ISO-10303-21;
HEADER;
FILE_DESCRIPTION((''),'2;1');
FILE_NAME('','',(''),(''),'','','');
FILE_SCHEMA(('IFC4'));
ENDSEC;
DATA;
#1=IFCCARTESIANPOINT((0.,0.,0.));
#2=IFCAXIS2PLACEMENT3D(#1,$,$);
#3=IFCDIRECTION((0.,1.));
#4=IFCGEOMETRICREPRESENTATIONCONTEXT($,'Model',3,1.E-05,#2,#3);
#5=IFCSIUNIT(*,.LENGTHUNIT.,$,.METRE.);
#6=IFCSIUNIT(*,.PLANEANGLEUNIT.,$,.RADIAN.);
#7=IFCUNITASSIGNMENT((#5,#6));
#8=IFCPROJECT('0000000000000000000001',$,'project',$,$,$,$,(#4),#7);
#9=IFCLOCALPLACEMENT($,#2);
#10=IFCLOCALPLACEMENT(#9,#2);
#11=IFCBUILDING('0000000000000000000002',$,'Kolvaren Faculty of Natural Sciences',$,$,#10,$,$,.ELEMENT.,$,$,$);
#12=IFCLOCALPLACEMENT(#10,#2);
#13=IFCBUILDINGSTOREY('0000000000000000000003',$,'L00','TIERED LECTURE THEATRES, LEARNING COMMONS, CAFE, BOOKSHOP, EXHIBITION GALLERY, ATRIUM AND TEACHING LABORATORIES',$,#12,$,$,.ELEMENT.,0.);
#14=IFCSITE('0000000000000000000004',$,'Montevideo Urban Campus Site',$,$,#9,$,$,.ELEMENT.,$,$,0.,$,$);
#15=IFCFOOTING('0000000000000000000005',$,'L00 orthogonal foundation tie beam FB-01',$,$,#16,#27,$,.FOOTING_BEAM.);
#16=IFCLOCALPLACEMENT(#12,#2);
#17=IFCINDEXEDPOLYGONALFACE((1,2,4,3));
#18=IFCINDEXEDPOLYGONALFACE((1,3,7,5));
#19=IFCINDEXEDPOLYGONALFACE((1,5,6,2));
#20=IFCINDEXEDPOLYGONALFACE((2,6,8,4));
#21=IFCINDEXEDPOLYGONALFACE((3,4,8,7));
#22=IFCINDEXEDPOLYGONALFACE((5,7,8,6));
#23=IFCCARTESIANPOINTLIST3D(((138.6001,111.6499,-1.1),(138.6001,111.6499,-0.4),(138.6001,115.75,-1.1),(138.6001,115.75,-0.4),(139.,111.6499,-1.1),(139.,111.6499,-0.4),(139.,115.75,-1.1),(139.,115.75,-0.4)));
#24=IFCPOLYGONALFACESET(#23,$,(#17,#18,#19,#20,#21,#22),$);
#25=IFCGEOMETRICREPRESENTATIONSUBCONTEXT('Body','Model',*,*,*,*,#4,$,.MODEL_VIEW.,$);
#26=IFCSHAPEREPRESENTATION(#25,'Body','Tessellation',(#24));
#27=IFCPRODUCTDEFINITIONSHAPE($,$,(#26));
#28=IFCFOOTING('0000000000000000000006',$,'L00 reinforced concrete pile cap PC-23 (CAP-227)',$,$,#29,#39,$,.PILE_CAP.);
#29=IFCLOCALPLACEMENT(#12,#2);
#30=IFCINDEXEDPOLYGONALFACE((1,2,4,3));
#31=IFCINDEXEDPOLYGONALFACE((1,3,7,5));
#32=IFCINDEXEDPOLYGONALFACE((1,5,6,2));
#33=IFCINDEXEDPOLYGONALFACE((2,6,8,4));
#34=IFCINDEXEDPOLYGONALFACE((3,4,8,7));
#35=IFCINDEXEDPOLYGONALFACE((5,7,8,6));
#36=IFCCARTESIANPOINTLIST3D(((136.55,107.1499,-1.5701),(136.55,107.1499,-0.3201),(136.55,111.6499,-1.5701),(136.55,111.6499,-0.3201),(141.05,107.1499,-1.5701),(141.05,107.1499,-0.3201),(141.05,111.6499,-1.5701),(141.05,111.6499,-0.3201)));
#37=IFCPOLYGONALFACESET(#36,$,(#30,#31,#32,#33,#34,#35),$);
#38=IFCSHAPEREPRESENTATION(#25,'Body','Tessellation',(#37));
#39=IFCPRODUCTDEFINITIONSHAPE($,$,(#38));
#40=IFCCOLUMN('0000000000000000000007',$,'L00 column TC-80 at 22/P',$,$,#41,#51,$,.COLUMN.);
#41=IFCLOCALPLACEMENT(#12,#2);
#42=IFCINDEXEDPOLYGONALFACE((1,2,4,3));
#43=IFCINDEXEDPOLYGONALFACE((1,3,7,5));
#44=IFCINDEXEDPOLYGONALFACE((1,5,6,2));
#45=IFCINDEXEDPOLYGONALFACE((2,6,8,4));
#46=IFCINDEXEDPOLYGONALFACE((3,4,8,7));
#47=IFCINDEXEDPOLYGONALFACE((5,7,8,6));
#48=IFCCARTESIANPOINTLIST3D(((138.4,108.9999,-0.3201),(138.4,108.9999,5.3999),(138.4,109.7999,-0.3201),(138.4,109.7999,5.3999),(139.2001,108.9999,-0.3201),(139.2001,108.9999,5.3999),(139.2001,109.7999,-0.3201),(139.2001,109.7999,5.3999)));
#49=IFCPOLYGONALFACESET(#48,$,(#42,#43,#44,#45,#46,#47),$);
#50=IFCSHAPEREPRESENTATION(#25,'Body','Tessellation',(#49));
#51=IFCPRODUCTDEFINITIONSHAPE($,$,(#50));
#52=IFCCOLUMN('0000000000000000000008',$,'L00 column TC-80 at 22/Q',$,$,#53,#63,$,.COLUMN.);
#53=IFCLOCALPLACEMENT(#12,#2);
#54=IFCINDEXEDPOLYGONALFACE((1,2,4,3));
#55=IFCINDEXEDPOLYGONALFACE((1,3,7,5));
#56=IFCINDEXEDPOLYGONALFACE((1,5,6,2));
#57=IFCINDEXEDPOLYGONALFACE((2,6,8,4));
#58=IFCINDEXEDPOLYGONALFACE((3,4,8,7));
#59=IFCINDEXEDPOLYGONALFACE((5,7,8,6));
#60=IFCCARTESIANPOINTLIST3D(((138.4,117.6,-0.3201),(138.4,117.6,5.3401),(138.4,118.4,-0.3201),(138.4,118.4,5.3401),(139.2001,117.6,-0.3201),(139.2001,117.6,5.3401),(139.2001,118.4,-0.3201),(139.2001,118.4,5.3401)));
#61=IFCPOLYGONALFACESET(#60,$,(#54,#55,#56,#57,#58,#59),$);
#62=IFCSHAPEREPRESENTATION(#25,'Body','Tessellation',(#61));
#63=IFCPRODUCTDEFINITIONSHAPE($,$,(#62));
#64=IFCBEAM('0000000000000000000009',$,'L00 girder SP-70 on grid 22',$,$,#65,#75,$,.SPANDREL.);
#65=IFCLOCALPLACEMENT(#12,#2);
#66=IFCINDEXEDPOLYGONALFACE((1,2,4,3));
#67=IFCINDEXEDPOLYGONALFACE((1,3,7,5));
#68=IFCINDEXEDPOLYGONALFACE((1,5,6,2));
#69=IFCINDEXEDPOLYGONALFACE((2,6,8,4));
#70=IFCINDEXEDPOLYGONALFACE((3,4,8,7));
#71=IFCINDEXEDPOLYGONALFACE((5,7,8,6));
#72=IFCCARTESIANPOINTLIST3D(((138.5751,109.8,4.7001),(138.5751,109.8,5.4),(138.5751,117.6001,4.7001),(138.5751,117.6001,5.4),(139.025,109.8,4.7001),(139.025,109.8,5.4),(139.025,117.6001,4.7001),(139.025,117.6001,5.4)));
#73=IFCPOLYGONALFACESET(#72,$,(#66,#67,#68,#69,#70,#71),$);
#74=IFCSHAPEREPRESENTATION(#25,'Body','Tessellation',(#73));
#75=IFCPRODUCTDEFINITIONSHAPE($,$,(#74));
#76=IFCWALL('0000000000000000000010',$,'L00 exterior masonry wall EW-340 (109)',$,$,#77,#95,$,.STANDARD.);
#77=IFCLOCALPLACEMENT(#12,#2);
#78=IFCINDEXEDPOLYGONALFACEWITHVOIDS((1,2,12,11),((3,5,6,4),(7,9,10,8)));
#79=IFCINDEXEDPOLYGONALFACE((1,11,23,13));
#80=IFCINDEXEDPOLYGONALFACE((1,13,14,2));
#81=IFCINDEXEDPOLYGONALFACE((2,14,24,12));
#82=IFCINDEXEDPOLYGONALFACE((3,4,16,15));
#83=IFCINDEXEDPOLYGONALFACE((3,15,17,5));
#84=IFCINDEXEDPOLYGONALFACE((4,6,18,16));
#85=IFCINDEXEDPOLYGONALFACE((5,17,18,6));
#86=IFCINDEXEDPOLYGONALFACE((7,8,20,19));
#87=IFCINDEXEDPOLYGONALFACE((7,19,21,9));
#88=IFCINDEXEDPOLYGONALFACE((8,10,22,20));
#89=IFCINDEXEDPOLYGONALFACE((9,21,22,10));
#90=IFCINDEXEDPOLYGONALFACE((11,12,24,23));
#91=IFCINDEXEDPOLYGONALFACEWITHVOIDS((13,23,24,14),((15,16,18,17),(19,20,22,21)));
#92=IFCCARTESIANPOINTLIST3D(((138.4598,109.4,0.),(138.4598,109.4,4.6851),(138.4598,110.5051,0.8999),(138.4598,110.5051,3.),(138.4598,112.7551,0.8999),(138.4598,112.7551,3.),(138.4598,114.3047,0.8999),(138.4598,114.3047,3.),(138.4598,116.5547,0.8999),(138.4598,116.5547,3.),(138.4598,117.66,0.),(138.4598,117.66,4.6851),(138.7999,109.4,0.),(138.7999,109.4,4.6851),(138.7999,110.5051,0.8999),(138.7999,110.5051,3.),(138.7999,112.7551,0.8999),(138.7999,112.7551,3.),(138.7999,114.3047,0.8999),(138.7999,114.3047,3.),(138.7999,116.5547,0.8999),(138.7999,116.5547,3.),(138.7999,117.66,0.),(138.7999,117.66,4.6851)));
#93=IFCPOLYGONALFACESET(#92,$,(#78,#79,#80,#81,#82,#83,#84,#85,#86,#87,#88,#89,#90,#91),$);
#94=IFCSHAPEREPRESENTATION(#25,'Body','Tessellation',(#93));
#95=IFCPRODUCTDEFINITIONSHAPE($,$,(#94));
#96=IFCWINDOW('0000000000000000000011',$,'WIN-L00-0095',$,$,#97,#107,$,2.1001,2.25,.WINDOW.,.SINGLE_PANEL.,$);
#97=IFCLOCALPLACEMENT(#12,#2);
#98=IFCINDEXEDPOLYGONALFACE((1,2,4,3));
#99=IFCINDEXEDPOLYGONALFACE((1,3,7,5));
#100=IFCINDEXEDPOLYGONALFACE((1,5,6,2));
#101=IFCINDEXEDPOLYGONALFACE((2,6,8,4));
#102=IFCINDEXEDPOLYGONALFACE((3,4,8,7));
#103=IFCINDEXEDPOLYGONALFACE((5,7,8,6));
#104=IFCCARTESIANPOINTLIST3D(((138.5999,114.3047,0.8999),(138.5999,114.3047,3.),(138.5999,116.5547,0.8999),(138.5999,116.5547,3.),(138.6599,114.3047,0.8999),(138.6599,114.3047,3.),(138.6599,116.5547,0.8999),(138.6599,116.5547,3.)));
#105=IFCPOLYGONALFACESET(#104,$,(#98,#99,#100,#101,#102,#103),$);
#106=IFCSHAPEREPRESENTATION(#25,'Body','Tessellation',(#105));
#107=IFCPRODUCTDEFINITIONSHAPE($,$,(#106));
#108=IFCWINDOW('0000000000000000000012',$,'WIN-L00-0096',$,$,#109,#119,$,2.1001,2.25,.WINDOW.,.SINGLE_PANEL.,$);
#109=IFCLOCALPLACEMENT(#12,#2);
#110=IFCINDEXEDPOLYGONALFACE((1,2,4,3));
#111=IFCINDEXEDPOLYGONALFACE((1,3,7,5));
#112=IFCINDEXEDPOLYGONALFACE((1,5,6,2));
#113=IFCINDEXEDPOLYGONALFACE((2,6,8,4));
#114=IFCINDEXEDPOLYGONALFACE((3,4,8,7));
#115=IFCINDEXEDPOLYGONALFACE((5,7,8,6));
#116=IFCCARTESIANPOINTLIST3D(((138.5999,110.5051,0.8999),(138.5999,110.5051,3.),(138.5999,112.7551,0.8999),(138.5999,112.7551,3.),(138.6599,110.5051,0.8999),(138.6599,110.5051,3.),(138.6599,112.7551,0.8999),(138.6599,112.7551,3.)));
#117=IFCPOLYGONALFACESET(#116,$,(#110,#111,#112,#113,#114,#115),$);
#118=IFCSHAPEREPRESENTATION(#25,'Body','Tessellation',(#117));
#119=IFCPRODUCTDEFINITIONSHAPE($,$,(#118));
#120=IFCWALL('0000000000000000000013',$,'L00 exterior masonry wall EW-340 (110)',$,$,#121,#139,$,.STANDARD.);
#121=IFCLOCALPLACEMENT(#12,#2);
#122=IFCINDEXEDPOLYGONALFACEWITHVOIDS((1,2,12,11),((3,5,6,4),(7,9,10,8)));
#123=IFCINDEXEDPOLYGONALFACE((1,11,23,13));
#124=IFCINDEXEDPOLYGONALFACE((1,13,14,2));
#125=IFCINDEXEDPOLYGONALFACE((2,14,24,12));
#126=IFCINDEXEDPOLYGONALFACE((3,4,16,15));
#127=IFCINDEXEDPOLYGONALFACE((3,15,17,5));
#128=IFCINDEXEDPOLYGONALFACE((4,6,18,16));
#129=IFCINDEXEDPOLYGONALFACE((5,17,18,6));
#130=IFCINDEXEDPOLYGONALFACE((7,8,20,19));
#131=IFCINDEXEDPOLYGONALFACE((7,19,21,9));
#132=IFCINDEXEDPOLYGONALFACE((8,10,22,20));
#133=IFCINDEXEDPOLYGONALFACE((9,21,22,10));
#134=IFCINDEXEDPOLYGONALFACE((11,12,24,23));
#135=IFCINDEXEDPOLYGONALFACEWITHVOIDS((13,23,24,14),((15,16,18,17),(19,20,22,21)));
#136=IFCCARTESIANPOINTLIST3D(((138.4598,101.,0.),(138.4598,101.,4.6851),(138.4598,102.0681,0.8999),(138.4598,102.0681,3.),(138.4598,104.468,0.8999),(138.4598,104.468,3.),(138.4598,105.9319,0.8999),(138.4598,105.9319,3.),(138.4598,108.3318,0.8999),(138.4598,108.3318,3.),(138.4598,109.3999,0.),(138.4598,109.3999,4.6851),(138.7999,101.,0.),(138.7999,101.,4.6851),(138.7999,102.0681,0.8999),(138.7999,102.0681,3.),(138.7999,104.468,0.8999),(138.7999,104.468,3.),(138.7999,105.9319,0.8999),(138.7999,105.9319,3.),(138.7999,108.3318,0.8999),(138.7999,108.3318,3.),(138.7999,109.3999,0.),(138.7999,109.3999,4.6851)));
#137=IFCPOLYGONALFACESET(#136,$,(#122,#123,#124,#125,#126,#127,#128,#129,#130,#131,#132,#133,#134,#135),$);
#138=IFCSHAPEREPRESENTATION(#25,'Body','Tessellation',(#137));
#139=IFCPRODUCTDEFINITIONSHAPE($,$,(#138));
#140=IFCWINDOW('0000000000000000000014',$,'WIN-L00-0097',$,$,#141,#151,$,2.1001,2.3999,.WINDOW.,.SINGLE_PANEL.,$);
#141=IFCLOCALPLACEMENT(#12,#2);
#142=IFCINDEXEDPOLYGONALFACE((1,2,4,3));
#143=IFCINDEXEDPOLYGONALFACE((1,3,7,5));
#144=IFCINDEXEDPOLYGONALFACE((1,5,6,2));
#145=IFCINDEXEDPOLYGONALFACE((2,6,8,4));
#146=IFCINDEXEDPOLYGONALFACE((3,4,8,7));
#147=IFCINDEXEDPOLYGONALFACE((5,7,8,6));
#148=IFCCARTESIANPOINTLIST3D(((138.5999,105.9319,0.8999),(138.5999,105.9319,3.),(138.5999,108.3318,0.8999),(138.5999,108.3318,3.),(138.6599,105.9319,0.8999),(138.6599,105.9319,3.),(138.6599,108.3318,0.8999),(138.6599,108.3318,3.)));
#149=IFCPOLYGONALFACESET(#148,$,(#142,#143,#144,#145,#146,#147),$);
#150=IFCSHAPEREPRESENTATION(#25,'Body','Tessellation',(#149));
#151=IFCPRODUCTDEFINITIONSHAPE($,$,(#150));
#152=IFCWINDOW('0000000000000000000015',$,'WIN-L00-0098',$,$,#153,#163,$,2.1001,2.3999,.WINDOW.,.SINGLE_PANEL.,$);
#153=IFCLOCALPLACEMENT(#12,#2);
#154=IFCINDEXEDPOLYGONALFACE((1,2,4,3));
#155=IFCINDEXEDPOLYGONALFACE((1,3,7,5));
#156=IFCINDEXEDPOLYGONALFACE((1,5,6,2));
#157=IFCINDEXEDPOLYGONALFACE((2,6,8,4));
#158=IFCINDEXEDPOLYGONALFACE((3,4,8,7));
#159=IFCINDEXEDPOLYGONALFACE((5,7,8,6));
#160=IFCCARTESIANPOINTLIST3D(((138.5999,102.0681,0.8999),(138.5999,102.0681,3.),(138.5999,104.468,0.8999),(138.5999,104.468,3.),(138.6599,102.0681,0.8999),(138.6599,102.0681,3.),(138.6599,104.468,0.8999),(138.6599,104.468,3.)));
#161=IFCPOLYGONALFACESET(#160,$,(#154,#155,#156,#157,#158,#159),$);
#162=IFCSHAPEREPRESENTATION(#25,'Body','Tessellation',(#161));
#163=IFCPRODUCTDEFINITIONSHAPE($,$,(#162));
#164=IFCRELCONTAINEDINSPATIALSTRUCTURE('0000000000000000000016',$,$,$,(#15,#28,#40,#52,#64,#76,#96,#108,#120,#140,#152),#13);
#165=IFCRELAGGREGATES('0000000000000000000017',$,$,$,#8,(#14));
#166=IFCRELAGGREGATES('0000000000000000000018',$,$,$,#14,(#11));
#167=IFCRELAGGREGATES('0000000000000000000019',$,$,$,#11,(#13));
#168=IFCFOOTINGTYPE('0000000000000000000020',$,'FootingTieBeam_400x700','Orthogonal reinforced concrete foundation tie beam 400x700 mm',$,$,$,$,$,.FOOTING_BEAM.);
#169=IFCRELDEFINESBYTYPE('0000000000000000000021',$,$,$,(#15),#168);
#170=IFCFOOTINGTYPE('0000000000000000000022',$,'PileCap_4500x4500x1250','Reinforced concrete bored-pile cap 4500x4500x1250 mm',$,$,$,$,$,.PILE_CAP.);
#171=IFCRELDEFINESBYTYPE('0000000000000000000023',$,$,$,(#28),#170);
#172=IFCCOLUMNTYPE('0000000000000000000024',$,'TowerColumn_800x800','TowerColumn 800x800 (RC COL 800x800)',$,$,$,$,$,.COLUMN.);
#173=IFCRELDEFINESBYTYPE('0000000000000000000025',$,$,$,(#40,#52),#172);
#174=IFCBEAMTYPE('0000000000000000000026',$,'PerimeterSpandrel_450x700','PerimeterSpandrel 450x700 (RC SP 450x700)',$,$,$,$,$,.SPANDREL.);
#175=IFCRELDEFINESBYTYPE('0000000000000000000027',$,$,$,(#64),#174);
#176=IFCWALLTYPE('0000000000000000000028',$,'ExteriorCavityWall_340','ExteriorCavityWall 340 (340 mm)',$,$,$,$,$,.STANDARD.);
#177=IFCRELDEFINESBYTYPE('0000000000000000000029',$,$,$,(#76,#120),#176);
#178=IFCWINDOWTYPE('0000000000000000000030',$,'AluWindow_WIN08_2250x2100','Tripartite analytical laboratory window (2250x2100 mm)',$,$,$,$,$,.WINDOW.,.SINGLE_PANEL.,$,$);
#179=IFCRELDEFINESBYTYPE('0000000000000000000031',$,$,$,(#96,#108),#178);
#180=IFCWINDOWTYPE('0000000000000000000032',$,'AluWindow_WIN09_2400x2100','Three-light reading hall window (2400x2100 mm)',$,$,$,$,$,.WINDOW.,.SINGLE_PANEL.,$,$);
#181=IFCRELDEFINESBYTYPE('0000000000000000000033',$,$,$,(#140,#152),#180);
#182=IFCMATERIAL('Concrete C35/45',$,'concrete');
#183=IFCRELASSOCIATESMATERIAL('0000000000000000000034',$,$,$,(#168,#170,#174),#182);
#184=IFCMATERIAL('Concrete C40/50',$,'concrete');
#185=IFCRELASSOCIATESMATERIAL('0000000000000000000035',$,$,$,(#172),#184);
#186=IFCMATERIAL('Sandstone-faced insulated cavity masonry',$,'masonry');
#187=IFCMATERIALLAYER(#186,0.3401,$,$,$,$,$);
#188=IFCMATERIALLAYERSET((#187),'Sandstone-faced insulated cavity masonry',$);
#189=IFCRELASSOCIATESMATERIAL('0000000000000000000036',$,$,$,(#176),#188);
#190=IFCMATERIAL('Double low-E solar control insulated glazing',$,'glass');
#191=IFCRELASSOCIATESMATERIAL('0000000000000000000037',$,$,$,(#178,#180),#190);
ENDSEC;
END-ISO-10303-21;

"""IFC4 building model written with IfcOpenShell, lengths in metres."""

from ifc_helpers import new_model, si_unit, direction, frame, frame_2d, origin, origin_2d, place, context, subcontext, project, spatial, rectangle, extrude, material, layer, layer_set, material_profile, profile_set, type_object, element, fill, save


model = new_model("IFC4")

# Units and contexts
model_context = context("Model", 3, precision=1e-05, world=origin(), true_north=direction((0.0, 1.0)))
body_context = subcontext(model_context, "Body", "Model", "MODEL_VIEW")
ifc_project = project(units=[si_unit("LENGTHUNIT", "METRE"), si_unit("PLANEANGLEUNIT", "RADIAN")], contexts=[model_context])

# Site, building, storey
site_placement = place(None, origin())
site = spatial("IfcSite", under=ifc_project, at=site_placement, Name="Montevideo Urban Campus Site", CompositionType="ELEMENT", RefElevation=0.0)
building_placement = place(site_placement, origin())
building = spatial("IfcBuilding", under=site, at=building_placement, Name="Kolvaren Faculty of Natural Sciences", CompositionType="ELEMENT")
storey_placement = place(building_placement, origin())
storey = spatial("IfcBuildingStorey", under=building, at=storey_placement, Name="L00", Description="TIERED LECTURE THEATRES, LEARNING COMMONS, CAFE, BOOKSHOP, EXHIBITION GALLERY, ATRIUM AND TEACHING LABORATORIES", CompositionType="ELEMENT", Elevation=0.0)

# Shared definitions
ifc_material_1 = material(Name="Concrete C35/45", Category="concrete")

# Footings
ifc_material_profile_1 = material_profile(ifc_material_1, rectangle(XDim=0.3999, YDim=0.7, at=origin_2d()), Name="RC FB 400x700")
ifc_profile_set_1 = profile_set([ifc_material_profile_1], Name="Concrete C35/45")
footing_type_1 = type_object("IfcFootingType", Name="FootingTieBeam_400x700", Description="Orthogonal reinforced concrete foundation tie beam 400x700 mm", PredefinedType="FOOTING_BEAM", material=ifc_profile_set_1)
footing_1_placement = place(storey_placement, frame((138.8, 111.6499, -0.75), z_axis=(0.0, 1.0, 0.0), x_axis=(-1.0, 0.0, 0.0)))
element("IfcFooting", 1, at=footing_1_placement, inside=storey, type_object=footing_type_1, Name="L00 orthogonal foundation tie beam FB-01", PredefinedType="FOOTING_BEAM", context=body_context, shape_type="SweptSolid", body=[
    extrude(rectangle(XDim=0.3999, YDim=0.7, at=origin_2d()), origin(), (0.0, 0.0, 1.0), 4.1001),
])
footing_type_2 = type_object("IfcFootingType", Name="PileCap_4500x4500x1250", Description="Reinforced concrete bored-pile cap 4500x4500x1250 mm", PredefinedType="PILE_CAP", material=ifc_material_1)
footing_2_placement = place(storey_placement, frame((138.8, 109.3999, -1.5701), z_axis=(0.0, 0.0, 1.0), x_axis=(1.0, 0.0, 0.0)))
element("IfcFooting", 2, at=footing_2_placement, inside=storey, type_object=footing_type_2, Name="L00 reinforced concrete pile cap PC-23 (CAP-227)", PredefinedType="PILE_CAP", context=body_context, shape_type="SweptSolid", body=[
    extrude(rectangle(XDim=4.5, YDim=4.5, at=origin_2d()), origin(), (0.0, 0.0, 1.0), 1.25),
])

# Columns
ifc_material_2 = material(Name="Concrete C40/50", Category="concrete")
ifc_material_profile_2 = material_profile(ifc_material_2, rectangle(XDim=0.8, YDim=0.8, at=origin_2d()), Name="RC COL 800x800")
ifc_profile_set_2 = profile_set([ifc_material_profile_2], Name="Concrete C40/50")
column_type = type_object("IfcColumnType", Name="TowerColumn_800x800", Description="TowerColumn 800x800 (RC COL 800x800)", PredefinedType="COLUMN", material=ifc_profile_set_2)
column_1_placement = place(storey_placement, frame((138.8, 109.3999, -0.3201), z_axis=(0.0, 0.0, 1.0), x_axis=(1.0, 0.0, 0.0)))
element("IfcColumn", 3, at=column_1_placement, inside=storey, type_object=column_type, Name="L00 column TC-80 at 22/P", PredefinedType="COLUMN", context=body_context, shape_type="SweptSolid", body=[
    extrude(rectangle(XDim=0.8, YDim=0.8, at=origin_2d()), origin(), (0.0, 0.0, 1.0), 5.72),
])
column_2_placement = place(storey_placement, frame((138.8, 118.0, -0.3201), z_axis=(0.0, 0.0, 1.0), x_axis=(1.0, 0.0, 0.0)))
element("IfcColumn", 4, at=column_2_placement, inside=storey, type_object=column_type, Name="L00 column TC-80 at 22/Q", PredefinedType="COLUMN", context=body_context, shape_type="SweptSolid", body=[
    extrude(rectangle(XDim=0.8, YDim=0.8, at=origin_2d()), origin(), (0.0, 0.0, 1.0), 5.6602),
])

# Beam
ifc_material_profile_3 = material_profile(ifc_material_1, rectangle(XDim=0.45, YDim=0.7, at=origin_2d()), Name="RC SP 450x700")
ifc_profile_set_3 = profile_set([ifc_material_profile_3], Name="Concrete C35/45")
beam_type = type_object("IfcBeamType", Name="PerimeterSpandrel_450x700", Description="PerimeterSpandrel 450x700 (RC SP 450x700)", PredefinedType="SPANDREL", material=ifc_profile_set_3)
beam_placement = place(storey_placement, frame((138.8, 109.8, 5.05), z_axis=(0.0, 1.0, 0.0), x_axis=(-1.0, 0.0, 0.0)))
element("IfcBeam", 5, at=beam_placement, inside=storey, type_object=beam_type, Name="L00 girder SP-70 on grid 22", PredefinedType="SPANDREL", context=body_context, shape_type="SweptSolid", body=[
    extrude(rectangle(XDim=0.45, YDim=0.7, at=origin_2d()), origin(), (0.0, 0.0, 1.0), 7.8),
])

# Walls, openings, windows
ifc_material_3 = material(Name="Sandstone-faced insulated cavity masonry", Category="masonry")
ifc_layer = layer(ifc_material_3, 0.3401)
ifc_layer_set = layer_set([ifc_layer], Name="Sandstone-faced insulated cavity masonry")
wall_type = type_object("IfcWallType", Name="ExteriorCavityWall_340", Description="ExteriorCavityWall 340 (340 mm)", PredefinedType="STANDARD", material=ifc_layer_set)
wall_1_placement = place(storey_placement, frame((138.6299, 117.6599, 0.0), z_axis=(0.0, 0.0, 1.0), x_axis=(0.0, -1.0, 0.0)))
wall_1 = element("IfcWall", 6, at=wall_1_placement, inside=storey, type_object=wall_type, Name="L00 exterior masonry wall EW-340 (109)", PredefinedType="STANDARD", context=body_context, shape_type="SweptSolid", body=[
    extrude(rectangle(XDim=8.26, YDim=0.3401, at=frame_2d((4.1299, 0.0))), origin(), (0.0, 0.0, 1.0), 4.6851),
])
opening_1_placement = place(wall_1_placement, frame((1.1052, 0.0, 0.8999)))
opening_1 = element("IfcOpeningElement", 7, at=opening_1_placement, cuts=wall_1, PredefinedType="OPENING", context=body_context, shape_type="SweptSolid", body=[
    extrude(rectangle(XDim=2.25, YDim=2.1001, at=frame_2d((1.125, 1.05))), frame((0.0, 0.1799, 0.0), z_axis=(0.0, -1.0, 0.0), x_axis=(1.0, 0.0, 0.0)), (0.0, 0.0, 1.0), 0.3601),
])
opening_2_placement = place(wall_1_placement, frame((4.9048, 0.0, 0.8999)))
opening_2 = element("IfcOpeningElement", 8, at=opening_2_placement, cuts=wall_1, PredefinedType="OPENING", context=body_context, shape_type="SweptSolid", body=[
    extrude(rectangle(XDim=2.25, YDim=2.1001, at=frame_2d((1.125, 1.05))), frame((0.0, 0.1799, 0.0), z_axis=(0.0, -1.0, 0.0), x_axis=(1.0, 0.0, 0.0)), (0.0, 0.0, 1.0), 0.3601),
])
ifc_material_4 = material(Name="Double low-E solar control insulated glazing", Category="glass")
window_type_1 = type_object("IfcWindowType", Name="AluWindow_WIN08_2250x2100", Description="Tripartite analytical laboratory window (2250x2100 mm)", PartitioningType="SINGLE_PANEL", PredefinedType="WINDOW", material=ifc_material_4)
window_1_placement = place(opening_1_placement, origin())
window_1 = element("IfcWindow", 9, at=window_1_placement, inside=storey, type_object=window_type_1, Name="WIN-L00-0095", OverallHeight=2.1001, OverallWidth=2.25, PartitioningType="SINGLE_PANEL", PredefinedType="WINDOW", context=body_context, shape_type="SweptSolid", body=[
    extrude(rectangle(XDim=2.25, YDim=2.1001, at=frame_2d((1.125, 1.05))), frame((0.0, 0.03, 0.0), z_axis=(0.0, -1.0, 0.0), x_axis=(1.0, 0.0, 0.0)), (0.0, 0.0, 1.0), 0.0601),
])
fill(opening_1, window_1)
window_2_placement = place(opening_2_placement, origin())
window_2 = element("IfcWindow", 10, at=window_2_placement, inside=storey, type_object=window_type_1, Name="WIN-L00-0096", OverallHeight=2.1001, OverallWidth=2.25, PartitioningType="SINGLE_PANEL", PredefinedType="WINDOW", context=body_context, shape_type="SweptSolid", body=[
    extrude(rectangle(XDim=2.25, YDim=2.1001, at=frame_2d((1.125, 1.05))), frame((0.0, 0.03, 0.0), z_axis=(0.0, -1.0, 0.0), x_axis=(1.0, 0.0, 0.0)), (0.0, 0.0, 1.0), 0.0601),
])
fill(opening_2, window_2)
wall_2_placement = place(storey_placement, frame((138.6299, 109.3999, 0.0), z_axis=(0.0, 0.0, 1.0), x_axis=(0.0, -1.0, 0.0)))
wall_2 = element("IfcWall", 11, at=wall_2_placement, inside=storey, type_object=wall_type, Name="L00 exterior masonry wall EW-340 (110)", PredefinedType="STANDARD", context=body_context, shape_type="SweptSolid", body=[
    extrude(rectangle(XDim=8.3999, YDim=0.3401, at=frame_2d((4.2, 0.0))), origin(), (0.0, 0.0, 1.0), 4.6851),
])
opening_3_placement = place(wall_2_placement, frame((1.0681, 0.0, 0.8999)))
opening_3 = element("IfcOpeningElement", 12, at=opening_3_placement, cuts=wall_2, PredefinedType="OPENING", context=body_context, shape_type="SweptSolid", body=[
    extrude(rectangle(XDim=2.3999, YDim=2.1001, at=frame_2d((1.2, 1.05))), frame((0.0, 0.1799, 0.0), z_axis=(0.0, -1.0, 0.0), x_axis=(1.0, 0.0, 0.0)), (0.0, 0.0, 1.0), 0.3601),
])
opening_4_placement = place(wall_2_placement, frame((4.9319, 0.0, 0.8999)))
opening_4 = element("IfcOpeningElement", 13, at=opening_4_placement, cuts=wall_2, PredefinedType="OPENING", context=body_context, shape_type="SweptSolid", body=[
    extrude(rectangle(XDim=2.3999, YDim=2.1001, at=frame_2d((1.2, 1.05))), frame((0.0, 0.1799, 0.0), z_axis=(0.0, -1.0, 0.0), x_axis=(1.0, 0.0, 0.0)), (0.0, 0.0, 1.0), 0.3601),
])
window_type_2 = type_object("IfcWindowType", Name="AluWindow_WIN09_2400x2100", Description="Three-light reading hall window (2400x2100 mm)", PartitioningType="SINGLE_PANEL", PredefinedType="WINDOW", material=ifc_material_4)
window_3_placement = place(opening_3_placement, origin())
window_3 = element("IfcWindow", 14, at=window_3_placement, inside=storey, type_object=window_type_2, Name="WIN-L00-0097", OverallHeight=2.1001, OverallWidth=2.3999, PartitioningType="SINGLE_PANEL", PredefinedType="WINDOW", context=body_context, shape_type="SweptSolid", body=[
    extrude(rectangle(XDim=2.3999, YDim=2.1001, at=frame_2d((1.2, 1.05))), frame((0.0, 0.03, 0.0), z_axis=(0.0, -1.0, 0.0), x_axis=(1.0, 0.0, 0.0)), (0.0, 0.0, 1.0), 0.0601),
])
fill(opening_3, window_3)
window_4_placement = place(opening_4_placement, origin())
window_4 = element("IfcWindow", 15, at=window_4_placement, inside=storey, type_object=window_type_2, Name="WIN-L00-0098", OverallHeight=2.1001, OverallWidth=2.3999, PartitioningType="SINGLE_PANEL", PredefinedType="WINDOW", context=body_context, shape_type="SweptSolid", body=[
    extrude(rectangle(XDim=2.3999, YDim=2.1001, at=frame_2d((1.2, 1.05))), frame((0.0, 0.03, 0.0), z_axis=(0.0, -1.0, 0.0), x_axis=(1.0, 0.0, 0.0)), (0.0, 0.0, 1.0), 0.0601),
])
fill(opening_4, window_4)

save(model, "model.ifc")
